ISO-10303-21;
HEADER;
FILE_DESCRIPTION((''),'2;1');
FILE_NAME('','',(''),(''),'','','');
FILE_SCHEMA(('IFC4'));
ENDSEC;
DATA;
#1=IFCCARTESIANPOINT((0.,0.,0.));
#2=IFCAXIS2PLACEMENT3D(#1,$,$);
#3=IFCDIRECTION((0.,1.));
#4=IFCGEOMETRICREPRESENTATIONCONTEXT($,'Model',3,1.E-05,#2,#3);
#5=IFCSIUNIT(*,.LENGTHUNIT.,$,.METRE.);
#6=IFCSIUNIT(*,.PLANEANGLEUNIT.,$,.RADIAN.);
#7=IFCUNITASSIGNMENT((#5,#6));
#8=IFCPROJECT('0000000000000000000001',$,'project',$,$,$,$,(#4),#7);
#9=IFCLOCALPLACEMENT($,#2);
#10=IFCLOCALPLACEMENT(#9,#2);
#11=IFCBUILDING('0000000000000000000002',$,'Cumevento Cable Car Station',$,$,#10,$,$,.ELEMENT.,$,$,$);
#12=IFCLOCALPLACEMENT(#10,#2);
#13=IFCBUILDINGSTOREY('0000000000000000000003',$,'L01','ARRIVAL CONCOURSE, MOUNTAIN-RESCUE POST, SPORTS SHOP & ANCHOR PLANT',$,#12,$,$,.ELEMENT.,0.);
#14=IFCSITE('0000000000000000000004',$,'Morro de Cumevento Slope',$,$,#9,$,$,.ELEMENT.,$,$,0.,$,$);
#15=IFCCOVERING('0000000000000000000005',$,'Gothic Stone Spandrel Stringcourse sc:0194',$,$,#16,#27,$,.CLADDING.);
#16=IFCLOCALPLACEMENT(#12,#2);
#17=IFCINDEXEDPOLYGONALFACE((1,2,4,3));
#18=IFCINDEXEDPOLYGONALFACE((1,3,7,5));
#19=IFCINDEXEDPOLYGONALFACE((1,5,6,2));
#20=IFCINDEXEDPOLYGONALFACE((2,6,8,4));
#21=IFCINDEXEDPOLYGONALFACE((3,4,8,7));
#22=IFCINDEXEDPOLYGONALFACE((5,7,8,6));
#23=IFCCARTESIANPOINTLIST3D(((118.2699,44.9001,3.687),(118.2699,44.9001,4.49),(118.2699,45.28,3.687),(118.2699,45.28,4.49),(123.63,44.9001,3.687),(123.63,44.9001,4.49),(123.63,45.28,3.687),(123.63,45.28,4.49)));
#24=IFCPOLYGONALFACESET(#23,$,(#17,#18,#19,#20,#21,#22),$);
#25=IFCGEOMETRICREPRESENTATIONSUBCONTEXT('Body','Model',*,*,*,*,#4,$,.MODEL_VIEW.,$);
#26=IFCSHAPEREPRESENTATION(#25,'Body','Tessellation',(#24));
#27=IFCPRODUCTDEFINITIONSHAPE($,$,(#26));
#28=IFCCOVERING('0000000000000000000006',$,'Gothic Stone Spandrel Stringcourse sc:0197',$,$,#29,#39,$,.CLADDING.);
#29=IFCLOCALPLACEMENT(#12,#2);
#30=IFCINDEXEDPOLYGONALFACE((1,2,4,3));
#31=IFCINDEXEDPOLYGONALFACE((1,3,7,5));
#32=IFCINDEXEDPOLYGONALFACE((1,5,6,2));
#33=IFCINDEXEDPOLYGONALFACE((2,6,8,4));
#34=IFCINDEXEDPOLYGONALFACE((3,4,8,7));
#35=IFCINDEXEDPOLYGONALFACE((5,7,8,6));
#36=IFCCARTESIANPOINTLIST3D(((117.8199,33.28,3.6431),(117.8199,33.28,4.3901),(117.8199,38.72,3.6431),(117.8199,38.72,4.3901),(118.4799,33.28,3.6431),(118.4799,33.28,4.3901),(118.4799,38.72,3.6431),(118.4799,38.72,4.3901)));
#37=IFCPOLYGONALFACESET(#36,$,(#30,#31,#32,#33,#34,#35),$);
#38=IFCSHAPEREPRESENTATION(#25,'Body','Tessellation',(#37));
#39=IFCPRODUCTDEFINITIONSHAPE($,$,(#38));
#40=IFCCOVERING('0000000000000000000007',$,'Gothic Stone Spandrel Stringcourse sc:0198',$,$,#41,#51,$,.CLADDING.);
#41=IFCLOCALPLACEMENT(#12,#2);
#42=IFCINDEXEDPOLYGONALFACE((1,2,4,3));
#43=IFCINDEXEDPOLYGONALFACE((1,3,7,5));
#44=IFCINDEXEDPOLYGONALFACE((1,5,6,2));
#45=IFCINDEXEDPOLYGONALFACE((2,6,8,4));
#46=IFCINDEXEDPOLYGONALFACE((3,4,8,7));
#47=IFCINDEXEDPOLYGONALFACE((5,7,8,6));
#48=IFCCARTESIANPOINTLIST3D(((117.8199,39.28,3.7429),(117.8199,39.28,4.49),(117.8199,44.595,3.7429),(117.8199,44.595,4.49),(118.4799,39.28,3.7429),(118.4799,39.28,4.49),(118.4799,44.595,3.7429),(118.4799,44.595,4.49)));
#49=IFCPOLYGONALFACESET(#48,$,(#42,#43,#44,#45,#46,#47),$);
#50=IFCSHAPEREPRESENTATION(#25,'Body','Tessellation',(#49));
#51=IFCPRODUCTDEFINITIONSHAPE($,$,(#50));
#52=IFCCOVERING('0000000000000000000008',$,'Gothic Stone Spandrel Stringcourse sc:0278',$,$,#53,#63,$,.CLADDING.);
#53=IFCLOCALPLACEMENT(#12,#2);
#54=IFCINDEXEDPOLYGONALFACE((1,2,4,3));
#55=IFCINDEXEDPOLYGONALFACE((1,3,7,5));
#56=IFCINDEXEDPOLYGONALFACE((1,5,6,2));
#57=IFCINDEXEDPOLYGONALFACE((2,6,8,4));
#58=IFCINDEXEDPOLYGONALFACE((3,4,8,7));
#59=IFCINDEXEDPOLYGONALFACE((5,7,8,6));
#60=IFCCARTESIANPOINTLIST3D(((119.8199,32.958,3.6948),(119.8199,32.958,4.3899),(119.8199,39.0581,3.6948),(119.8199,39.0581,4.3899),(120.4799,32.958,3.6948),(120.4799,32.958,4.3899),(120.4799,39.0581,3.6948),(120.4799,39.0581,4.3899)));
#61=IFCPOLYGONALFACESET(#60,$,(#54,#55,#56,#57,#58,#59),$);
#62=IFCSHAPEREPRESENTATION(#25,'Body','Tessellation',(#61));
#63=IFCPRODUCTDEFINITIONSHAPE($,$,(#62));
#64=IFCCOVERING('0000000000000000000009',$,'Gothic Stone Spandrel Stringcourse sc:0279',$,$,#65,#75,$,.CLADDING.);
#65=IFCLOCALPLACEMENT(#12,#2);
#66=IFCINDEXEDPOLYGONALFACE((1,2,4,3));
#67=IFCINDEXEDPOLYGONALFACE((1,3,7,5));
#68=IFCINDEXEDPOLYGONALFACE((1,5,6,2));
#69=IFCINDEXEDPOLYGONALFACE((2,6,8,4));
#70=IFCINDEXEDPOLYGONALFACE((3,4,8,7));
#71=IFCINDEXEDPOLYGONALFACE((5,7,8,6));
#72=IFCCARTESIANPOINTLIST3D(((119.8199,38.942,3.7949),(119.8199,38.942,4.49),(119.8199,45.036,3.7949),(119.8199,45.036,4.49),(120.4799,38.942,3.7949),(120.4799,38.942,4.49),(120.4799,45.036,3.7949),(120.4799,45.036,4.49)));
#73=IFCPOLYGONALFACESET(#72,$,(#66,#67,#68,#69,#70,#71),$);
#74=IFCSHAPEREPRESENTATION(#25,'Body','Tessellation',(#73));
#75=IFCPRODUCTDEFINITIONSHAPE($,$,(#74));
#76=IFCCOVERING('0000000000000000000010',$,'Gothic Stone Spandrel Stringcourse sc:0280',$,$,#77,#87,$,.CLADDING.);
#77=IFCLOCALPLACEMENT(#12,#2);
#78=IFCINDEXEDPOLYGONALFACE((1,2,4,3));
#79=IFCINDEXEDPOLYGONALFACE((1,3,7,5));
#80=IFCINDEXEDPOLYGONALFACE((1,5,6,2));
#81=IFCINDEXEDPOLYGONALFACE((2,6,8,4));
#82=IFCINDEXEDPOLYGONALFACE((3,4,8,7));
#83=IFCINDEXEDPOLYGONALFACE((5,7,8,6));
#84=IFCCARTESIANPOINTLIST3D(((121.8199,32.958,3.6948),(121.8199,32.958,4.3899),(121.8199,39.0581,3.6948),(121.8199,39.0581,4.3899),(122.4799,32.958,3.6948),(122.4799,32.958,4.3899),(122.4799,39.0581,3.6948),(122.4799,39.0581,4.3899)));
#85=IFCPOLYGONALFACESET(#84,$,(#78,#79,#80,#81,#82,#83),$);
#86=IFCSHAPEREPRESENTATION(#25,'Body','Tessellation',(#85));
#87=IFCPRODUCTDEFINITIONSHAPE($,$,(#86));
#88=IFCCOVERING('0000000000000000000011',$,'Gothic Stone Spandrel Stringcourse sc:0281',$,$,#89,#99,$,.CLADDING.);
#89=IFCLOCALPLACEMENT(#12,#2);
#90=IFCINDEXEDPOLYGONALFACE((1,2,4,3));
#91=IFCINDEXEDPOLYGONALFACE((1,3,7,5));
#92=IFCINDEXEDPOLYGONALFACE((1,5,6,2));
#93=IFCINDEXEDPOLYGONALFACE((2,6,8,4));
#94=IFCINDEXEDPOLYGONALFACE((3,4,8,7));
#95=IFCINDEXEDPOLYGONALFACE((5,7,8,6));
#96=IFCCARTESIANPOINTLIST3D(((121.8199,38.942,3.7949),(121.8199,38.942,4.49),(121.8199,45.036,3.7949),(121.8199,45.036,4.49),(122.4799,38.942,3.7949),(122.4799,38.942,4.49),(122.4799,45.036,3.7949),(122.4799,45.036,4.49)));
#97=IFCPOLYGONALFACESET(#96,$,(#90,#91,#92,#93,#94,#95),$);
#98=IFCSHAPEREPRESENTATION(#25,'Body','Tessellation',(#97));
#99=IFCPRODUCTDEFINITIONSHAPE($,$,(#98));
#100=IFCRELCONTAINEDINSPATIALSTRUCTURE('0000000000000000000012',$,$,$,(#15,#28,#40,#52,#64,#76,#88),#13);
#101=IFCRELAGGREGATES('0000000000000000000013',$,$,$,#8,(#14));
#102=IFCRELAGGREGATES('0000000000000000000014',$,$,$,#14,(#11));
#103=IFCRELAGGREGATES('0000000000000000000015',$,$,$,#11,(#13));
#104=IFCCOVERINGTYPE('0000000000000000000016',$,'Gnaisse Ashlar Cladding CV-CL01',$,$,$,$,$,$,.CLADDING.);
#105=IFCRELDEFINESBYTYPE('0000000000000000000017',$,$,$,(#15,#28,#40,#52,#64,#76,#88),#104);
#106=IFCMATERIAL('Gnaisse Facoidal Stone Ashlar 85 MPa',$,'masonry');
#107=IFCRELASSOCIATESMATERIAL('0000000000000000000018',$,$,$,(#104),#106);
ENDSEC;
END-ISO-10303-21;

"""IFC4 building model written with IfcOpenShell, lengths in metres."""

from ifc_helpers import new_model, si_unit, direction, frame, origin, origin_2d, place, context, subcontext, project, spatial, rectangle, extrude, material, type_object, element, save


model = new_model("IFC4")

# Units and contexts
model_context = context("Model", 3, precision=1e-05, world=origin(), true_north=direction((0.0, 1.0)))
body_context = subcontext(model_context, "Body", "Model", "MODEL_VIEW")
ifc_project = project(units=[si_unit("LENGTHUNIT", "METRE"), si_unit("PLANEANGLEUNIT", "RADIAN")], contexts=[model_context])

# Site, building, storey
site_placement = place(None, origin())
site = spatial("IfcSite", under=ifc_project, at=site_placement, Name="Morro de Cumevento Slope", CompositionType="ELEMENT", RefElevation=0.0)
building_placement = place(site_placement, origin())
building = spatial("IfcBuilding", under=site, at=building_placement, Name="Cumevento Cable Car Station", CompositionType="ELEMENT")
storey_placement = place(building_placement, origin())
storey = spatial("IfcBuildingStorey", under=building, at=storey_placement, Name="L01", Description="ARRIVAL CONCOURSE, MOUNTAIN-RESCUE POST, SPORTS SHOP & ANCHOR PLANT", CompositionType="ELEMENT", Elevation=0.0)

# Coverings
ifc_material_1 = material(Name="Gnaisse Facoidal Stone Ashlar 85 MPa", Category="masonry")
covering_type = type_object("IfcCoveringType", Name="Gnaisse Ashlar Cladding CV-CL01", PredefinedType="CLADDING", material=ifc_material_1)
covering_1_placement = place(storey_placement, frame((120.95, 45.0901, 3.687), z_axis=(0.0, 0.0, 1.0), x_axis=(-1.0, 0.0, 0.0)))
element("IfcCovering", 1, at=covering_1_placement, inside=storey, type_object=covering_type, Name="Gothic Stone Spandrel Stringcourse sc:0194", PredefinedType="CLADDING", context=body_context, shape_type="SweptSolid", body=[
    extrude(rectangle(XDim=5.3601, YDim=0.3799, at=origin_2d()), origin(), (0.0, 0.0, 1.0), 0.803),
])
covering_2_placement = place(storey_placement, frame((118.1499, 36.0, 3.6431), z_axis=(0.0, 0.0, 1.0), x_axis=(0.0, 1.0, 0.0)))
element("IfcCovering", 2, at=covering_2_placement, inside=storey, type_object=covering_type, Name="Gothic Stone Spandrel Stringcourse sc:0197", PredefinedType="CLADDING", context=body_context, shape_type="SweptSolid", body=[
    extrude(rectangle(XDim=5.4399, YDim=0.6599, at=origin_2d()), origin(), (0.0, 0.0, 1.0), 0.7471),
])
covering_3_placement = place(storey_placement, frame((118.1499, 41.9375, 3.7429), z_axis=(0.0, 0.0, 1.0), x_axis=(0.0, 1.0, 0.0)))
element("IfcCovering", 3, at=covering_3_placement, inside=storey, type_object=covering_type, Name="Gothic Stone Spandrel Stringcourse sc:0198", PredefinedType="CLADDING", context=body_context, shape_type="SweptSolid", body=[
    extrude(rectangle(XDim=5.3149, YDim=0.6599, at=origin_2d()), origin(), (0.0, 0.0, 1.0), 0.7471),
])
covering_4_placement = place(storey_placement, frame((120.1499, 36.0081, 3.6948), z_axis=(0.0, 0.0, 1.0), x_axis=(0.0, 1.0, 0.0)))
element("IfcCovering", 4, at=covering_4_placement, inside=storey, type_object=covering_type, Name="Gothic Stone Spandrel Stringcourse sc:0278", PredefinedType="CLADDING", context=body_context, shape_type="SweptSolid", body=[
    extrude(rectangle(XDim=6.1001, YDim=0.6599, at=origin_2d()), origin(), (0.0, 0.0, 1.0), 0.6951),
])
covering_5_placement = place(storey_placement, frame((120.1499, 41.989, 3.7949), z_axis=(0.0, 0.0, 1.0), x_axis=(0.0, 1.0, 0.0)))
element("IfcCovering", 5, at=covering_5_placement, inside=storey, type_object=covering_type, Name="Gothic Stone Spandrel Stringcourse sc:0279", PredefinedType="CLADDING", context=body_context, shape_type="SweptSolid", body=[
    extrude(rectangle(XDim=6.094, YDim=0.6599, at=origin_2d()), origin(), (0.0, 0.0, 1.0), 0.6951),
])
covering_6_placement = place(storey_placement, frame((122.1499, 36.0081, 3.6948), z_axis=(0.0, 0.0, 1.0), x_axis=(0.0, 1.0, 0.0)))
element("IfcCovering", 6, at=covering_6_placement, inside=storey, type_object=covering_type, Name="Gothic Stone Spandrel Stringcourse sc:0280", PredefinedType="CLADDING", context=body_context, shape_type="SweptSolid", body=[
    extrude(rectangle(XDim=6.1001, YDim=0.6599, at=origin_2d()), origin(), (0.0, 0.0, 1.0), 0.6951),
])
covering_7_placement = place(storey_placement, frame((122.1499, 41.989, 3.7949), z_axis=(0.0, 0.0, 1.0), x_axis=(0.0, 1.0, 0.0)))
element("IfcCovering", 7, at=covering_7_placement, inside=storey, type_object=covering_type, Name="Gothic Stone Spandrel Stringcourse sc:0281", PredefinedType="CLADDING", context=body_context, shape_type="SweptSolid", body=[
    extrude(rectangle(XDim=6.094, YDim=0.6599, at=origin_2d()), origin(), (0.0, 0.0, 1.0), 0.6951),
])

save(model, "model.ifc")
